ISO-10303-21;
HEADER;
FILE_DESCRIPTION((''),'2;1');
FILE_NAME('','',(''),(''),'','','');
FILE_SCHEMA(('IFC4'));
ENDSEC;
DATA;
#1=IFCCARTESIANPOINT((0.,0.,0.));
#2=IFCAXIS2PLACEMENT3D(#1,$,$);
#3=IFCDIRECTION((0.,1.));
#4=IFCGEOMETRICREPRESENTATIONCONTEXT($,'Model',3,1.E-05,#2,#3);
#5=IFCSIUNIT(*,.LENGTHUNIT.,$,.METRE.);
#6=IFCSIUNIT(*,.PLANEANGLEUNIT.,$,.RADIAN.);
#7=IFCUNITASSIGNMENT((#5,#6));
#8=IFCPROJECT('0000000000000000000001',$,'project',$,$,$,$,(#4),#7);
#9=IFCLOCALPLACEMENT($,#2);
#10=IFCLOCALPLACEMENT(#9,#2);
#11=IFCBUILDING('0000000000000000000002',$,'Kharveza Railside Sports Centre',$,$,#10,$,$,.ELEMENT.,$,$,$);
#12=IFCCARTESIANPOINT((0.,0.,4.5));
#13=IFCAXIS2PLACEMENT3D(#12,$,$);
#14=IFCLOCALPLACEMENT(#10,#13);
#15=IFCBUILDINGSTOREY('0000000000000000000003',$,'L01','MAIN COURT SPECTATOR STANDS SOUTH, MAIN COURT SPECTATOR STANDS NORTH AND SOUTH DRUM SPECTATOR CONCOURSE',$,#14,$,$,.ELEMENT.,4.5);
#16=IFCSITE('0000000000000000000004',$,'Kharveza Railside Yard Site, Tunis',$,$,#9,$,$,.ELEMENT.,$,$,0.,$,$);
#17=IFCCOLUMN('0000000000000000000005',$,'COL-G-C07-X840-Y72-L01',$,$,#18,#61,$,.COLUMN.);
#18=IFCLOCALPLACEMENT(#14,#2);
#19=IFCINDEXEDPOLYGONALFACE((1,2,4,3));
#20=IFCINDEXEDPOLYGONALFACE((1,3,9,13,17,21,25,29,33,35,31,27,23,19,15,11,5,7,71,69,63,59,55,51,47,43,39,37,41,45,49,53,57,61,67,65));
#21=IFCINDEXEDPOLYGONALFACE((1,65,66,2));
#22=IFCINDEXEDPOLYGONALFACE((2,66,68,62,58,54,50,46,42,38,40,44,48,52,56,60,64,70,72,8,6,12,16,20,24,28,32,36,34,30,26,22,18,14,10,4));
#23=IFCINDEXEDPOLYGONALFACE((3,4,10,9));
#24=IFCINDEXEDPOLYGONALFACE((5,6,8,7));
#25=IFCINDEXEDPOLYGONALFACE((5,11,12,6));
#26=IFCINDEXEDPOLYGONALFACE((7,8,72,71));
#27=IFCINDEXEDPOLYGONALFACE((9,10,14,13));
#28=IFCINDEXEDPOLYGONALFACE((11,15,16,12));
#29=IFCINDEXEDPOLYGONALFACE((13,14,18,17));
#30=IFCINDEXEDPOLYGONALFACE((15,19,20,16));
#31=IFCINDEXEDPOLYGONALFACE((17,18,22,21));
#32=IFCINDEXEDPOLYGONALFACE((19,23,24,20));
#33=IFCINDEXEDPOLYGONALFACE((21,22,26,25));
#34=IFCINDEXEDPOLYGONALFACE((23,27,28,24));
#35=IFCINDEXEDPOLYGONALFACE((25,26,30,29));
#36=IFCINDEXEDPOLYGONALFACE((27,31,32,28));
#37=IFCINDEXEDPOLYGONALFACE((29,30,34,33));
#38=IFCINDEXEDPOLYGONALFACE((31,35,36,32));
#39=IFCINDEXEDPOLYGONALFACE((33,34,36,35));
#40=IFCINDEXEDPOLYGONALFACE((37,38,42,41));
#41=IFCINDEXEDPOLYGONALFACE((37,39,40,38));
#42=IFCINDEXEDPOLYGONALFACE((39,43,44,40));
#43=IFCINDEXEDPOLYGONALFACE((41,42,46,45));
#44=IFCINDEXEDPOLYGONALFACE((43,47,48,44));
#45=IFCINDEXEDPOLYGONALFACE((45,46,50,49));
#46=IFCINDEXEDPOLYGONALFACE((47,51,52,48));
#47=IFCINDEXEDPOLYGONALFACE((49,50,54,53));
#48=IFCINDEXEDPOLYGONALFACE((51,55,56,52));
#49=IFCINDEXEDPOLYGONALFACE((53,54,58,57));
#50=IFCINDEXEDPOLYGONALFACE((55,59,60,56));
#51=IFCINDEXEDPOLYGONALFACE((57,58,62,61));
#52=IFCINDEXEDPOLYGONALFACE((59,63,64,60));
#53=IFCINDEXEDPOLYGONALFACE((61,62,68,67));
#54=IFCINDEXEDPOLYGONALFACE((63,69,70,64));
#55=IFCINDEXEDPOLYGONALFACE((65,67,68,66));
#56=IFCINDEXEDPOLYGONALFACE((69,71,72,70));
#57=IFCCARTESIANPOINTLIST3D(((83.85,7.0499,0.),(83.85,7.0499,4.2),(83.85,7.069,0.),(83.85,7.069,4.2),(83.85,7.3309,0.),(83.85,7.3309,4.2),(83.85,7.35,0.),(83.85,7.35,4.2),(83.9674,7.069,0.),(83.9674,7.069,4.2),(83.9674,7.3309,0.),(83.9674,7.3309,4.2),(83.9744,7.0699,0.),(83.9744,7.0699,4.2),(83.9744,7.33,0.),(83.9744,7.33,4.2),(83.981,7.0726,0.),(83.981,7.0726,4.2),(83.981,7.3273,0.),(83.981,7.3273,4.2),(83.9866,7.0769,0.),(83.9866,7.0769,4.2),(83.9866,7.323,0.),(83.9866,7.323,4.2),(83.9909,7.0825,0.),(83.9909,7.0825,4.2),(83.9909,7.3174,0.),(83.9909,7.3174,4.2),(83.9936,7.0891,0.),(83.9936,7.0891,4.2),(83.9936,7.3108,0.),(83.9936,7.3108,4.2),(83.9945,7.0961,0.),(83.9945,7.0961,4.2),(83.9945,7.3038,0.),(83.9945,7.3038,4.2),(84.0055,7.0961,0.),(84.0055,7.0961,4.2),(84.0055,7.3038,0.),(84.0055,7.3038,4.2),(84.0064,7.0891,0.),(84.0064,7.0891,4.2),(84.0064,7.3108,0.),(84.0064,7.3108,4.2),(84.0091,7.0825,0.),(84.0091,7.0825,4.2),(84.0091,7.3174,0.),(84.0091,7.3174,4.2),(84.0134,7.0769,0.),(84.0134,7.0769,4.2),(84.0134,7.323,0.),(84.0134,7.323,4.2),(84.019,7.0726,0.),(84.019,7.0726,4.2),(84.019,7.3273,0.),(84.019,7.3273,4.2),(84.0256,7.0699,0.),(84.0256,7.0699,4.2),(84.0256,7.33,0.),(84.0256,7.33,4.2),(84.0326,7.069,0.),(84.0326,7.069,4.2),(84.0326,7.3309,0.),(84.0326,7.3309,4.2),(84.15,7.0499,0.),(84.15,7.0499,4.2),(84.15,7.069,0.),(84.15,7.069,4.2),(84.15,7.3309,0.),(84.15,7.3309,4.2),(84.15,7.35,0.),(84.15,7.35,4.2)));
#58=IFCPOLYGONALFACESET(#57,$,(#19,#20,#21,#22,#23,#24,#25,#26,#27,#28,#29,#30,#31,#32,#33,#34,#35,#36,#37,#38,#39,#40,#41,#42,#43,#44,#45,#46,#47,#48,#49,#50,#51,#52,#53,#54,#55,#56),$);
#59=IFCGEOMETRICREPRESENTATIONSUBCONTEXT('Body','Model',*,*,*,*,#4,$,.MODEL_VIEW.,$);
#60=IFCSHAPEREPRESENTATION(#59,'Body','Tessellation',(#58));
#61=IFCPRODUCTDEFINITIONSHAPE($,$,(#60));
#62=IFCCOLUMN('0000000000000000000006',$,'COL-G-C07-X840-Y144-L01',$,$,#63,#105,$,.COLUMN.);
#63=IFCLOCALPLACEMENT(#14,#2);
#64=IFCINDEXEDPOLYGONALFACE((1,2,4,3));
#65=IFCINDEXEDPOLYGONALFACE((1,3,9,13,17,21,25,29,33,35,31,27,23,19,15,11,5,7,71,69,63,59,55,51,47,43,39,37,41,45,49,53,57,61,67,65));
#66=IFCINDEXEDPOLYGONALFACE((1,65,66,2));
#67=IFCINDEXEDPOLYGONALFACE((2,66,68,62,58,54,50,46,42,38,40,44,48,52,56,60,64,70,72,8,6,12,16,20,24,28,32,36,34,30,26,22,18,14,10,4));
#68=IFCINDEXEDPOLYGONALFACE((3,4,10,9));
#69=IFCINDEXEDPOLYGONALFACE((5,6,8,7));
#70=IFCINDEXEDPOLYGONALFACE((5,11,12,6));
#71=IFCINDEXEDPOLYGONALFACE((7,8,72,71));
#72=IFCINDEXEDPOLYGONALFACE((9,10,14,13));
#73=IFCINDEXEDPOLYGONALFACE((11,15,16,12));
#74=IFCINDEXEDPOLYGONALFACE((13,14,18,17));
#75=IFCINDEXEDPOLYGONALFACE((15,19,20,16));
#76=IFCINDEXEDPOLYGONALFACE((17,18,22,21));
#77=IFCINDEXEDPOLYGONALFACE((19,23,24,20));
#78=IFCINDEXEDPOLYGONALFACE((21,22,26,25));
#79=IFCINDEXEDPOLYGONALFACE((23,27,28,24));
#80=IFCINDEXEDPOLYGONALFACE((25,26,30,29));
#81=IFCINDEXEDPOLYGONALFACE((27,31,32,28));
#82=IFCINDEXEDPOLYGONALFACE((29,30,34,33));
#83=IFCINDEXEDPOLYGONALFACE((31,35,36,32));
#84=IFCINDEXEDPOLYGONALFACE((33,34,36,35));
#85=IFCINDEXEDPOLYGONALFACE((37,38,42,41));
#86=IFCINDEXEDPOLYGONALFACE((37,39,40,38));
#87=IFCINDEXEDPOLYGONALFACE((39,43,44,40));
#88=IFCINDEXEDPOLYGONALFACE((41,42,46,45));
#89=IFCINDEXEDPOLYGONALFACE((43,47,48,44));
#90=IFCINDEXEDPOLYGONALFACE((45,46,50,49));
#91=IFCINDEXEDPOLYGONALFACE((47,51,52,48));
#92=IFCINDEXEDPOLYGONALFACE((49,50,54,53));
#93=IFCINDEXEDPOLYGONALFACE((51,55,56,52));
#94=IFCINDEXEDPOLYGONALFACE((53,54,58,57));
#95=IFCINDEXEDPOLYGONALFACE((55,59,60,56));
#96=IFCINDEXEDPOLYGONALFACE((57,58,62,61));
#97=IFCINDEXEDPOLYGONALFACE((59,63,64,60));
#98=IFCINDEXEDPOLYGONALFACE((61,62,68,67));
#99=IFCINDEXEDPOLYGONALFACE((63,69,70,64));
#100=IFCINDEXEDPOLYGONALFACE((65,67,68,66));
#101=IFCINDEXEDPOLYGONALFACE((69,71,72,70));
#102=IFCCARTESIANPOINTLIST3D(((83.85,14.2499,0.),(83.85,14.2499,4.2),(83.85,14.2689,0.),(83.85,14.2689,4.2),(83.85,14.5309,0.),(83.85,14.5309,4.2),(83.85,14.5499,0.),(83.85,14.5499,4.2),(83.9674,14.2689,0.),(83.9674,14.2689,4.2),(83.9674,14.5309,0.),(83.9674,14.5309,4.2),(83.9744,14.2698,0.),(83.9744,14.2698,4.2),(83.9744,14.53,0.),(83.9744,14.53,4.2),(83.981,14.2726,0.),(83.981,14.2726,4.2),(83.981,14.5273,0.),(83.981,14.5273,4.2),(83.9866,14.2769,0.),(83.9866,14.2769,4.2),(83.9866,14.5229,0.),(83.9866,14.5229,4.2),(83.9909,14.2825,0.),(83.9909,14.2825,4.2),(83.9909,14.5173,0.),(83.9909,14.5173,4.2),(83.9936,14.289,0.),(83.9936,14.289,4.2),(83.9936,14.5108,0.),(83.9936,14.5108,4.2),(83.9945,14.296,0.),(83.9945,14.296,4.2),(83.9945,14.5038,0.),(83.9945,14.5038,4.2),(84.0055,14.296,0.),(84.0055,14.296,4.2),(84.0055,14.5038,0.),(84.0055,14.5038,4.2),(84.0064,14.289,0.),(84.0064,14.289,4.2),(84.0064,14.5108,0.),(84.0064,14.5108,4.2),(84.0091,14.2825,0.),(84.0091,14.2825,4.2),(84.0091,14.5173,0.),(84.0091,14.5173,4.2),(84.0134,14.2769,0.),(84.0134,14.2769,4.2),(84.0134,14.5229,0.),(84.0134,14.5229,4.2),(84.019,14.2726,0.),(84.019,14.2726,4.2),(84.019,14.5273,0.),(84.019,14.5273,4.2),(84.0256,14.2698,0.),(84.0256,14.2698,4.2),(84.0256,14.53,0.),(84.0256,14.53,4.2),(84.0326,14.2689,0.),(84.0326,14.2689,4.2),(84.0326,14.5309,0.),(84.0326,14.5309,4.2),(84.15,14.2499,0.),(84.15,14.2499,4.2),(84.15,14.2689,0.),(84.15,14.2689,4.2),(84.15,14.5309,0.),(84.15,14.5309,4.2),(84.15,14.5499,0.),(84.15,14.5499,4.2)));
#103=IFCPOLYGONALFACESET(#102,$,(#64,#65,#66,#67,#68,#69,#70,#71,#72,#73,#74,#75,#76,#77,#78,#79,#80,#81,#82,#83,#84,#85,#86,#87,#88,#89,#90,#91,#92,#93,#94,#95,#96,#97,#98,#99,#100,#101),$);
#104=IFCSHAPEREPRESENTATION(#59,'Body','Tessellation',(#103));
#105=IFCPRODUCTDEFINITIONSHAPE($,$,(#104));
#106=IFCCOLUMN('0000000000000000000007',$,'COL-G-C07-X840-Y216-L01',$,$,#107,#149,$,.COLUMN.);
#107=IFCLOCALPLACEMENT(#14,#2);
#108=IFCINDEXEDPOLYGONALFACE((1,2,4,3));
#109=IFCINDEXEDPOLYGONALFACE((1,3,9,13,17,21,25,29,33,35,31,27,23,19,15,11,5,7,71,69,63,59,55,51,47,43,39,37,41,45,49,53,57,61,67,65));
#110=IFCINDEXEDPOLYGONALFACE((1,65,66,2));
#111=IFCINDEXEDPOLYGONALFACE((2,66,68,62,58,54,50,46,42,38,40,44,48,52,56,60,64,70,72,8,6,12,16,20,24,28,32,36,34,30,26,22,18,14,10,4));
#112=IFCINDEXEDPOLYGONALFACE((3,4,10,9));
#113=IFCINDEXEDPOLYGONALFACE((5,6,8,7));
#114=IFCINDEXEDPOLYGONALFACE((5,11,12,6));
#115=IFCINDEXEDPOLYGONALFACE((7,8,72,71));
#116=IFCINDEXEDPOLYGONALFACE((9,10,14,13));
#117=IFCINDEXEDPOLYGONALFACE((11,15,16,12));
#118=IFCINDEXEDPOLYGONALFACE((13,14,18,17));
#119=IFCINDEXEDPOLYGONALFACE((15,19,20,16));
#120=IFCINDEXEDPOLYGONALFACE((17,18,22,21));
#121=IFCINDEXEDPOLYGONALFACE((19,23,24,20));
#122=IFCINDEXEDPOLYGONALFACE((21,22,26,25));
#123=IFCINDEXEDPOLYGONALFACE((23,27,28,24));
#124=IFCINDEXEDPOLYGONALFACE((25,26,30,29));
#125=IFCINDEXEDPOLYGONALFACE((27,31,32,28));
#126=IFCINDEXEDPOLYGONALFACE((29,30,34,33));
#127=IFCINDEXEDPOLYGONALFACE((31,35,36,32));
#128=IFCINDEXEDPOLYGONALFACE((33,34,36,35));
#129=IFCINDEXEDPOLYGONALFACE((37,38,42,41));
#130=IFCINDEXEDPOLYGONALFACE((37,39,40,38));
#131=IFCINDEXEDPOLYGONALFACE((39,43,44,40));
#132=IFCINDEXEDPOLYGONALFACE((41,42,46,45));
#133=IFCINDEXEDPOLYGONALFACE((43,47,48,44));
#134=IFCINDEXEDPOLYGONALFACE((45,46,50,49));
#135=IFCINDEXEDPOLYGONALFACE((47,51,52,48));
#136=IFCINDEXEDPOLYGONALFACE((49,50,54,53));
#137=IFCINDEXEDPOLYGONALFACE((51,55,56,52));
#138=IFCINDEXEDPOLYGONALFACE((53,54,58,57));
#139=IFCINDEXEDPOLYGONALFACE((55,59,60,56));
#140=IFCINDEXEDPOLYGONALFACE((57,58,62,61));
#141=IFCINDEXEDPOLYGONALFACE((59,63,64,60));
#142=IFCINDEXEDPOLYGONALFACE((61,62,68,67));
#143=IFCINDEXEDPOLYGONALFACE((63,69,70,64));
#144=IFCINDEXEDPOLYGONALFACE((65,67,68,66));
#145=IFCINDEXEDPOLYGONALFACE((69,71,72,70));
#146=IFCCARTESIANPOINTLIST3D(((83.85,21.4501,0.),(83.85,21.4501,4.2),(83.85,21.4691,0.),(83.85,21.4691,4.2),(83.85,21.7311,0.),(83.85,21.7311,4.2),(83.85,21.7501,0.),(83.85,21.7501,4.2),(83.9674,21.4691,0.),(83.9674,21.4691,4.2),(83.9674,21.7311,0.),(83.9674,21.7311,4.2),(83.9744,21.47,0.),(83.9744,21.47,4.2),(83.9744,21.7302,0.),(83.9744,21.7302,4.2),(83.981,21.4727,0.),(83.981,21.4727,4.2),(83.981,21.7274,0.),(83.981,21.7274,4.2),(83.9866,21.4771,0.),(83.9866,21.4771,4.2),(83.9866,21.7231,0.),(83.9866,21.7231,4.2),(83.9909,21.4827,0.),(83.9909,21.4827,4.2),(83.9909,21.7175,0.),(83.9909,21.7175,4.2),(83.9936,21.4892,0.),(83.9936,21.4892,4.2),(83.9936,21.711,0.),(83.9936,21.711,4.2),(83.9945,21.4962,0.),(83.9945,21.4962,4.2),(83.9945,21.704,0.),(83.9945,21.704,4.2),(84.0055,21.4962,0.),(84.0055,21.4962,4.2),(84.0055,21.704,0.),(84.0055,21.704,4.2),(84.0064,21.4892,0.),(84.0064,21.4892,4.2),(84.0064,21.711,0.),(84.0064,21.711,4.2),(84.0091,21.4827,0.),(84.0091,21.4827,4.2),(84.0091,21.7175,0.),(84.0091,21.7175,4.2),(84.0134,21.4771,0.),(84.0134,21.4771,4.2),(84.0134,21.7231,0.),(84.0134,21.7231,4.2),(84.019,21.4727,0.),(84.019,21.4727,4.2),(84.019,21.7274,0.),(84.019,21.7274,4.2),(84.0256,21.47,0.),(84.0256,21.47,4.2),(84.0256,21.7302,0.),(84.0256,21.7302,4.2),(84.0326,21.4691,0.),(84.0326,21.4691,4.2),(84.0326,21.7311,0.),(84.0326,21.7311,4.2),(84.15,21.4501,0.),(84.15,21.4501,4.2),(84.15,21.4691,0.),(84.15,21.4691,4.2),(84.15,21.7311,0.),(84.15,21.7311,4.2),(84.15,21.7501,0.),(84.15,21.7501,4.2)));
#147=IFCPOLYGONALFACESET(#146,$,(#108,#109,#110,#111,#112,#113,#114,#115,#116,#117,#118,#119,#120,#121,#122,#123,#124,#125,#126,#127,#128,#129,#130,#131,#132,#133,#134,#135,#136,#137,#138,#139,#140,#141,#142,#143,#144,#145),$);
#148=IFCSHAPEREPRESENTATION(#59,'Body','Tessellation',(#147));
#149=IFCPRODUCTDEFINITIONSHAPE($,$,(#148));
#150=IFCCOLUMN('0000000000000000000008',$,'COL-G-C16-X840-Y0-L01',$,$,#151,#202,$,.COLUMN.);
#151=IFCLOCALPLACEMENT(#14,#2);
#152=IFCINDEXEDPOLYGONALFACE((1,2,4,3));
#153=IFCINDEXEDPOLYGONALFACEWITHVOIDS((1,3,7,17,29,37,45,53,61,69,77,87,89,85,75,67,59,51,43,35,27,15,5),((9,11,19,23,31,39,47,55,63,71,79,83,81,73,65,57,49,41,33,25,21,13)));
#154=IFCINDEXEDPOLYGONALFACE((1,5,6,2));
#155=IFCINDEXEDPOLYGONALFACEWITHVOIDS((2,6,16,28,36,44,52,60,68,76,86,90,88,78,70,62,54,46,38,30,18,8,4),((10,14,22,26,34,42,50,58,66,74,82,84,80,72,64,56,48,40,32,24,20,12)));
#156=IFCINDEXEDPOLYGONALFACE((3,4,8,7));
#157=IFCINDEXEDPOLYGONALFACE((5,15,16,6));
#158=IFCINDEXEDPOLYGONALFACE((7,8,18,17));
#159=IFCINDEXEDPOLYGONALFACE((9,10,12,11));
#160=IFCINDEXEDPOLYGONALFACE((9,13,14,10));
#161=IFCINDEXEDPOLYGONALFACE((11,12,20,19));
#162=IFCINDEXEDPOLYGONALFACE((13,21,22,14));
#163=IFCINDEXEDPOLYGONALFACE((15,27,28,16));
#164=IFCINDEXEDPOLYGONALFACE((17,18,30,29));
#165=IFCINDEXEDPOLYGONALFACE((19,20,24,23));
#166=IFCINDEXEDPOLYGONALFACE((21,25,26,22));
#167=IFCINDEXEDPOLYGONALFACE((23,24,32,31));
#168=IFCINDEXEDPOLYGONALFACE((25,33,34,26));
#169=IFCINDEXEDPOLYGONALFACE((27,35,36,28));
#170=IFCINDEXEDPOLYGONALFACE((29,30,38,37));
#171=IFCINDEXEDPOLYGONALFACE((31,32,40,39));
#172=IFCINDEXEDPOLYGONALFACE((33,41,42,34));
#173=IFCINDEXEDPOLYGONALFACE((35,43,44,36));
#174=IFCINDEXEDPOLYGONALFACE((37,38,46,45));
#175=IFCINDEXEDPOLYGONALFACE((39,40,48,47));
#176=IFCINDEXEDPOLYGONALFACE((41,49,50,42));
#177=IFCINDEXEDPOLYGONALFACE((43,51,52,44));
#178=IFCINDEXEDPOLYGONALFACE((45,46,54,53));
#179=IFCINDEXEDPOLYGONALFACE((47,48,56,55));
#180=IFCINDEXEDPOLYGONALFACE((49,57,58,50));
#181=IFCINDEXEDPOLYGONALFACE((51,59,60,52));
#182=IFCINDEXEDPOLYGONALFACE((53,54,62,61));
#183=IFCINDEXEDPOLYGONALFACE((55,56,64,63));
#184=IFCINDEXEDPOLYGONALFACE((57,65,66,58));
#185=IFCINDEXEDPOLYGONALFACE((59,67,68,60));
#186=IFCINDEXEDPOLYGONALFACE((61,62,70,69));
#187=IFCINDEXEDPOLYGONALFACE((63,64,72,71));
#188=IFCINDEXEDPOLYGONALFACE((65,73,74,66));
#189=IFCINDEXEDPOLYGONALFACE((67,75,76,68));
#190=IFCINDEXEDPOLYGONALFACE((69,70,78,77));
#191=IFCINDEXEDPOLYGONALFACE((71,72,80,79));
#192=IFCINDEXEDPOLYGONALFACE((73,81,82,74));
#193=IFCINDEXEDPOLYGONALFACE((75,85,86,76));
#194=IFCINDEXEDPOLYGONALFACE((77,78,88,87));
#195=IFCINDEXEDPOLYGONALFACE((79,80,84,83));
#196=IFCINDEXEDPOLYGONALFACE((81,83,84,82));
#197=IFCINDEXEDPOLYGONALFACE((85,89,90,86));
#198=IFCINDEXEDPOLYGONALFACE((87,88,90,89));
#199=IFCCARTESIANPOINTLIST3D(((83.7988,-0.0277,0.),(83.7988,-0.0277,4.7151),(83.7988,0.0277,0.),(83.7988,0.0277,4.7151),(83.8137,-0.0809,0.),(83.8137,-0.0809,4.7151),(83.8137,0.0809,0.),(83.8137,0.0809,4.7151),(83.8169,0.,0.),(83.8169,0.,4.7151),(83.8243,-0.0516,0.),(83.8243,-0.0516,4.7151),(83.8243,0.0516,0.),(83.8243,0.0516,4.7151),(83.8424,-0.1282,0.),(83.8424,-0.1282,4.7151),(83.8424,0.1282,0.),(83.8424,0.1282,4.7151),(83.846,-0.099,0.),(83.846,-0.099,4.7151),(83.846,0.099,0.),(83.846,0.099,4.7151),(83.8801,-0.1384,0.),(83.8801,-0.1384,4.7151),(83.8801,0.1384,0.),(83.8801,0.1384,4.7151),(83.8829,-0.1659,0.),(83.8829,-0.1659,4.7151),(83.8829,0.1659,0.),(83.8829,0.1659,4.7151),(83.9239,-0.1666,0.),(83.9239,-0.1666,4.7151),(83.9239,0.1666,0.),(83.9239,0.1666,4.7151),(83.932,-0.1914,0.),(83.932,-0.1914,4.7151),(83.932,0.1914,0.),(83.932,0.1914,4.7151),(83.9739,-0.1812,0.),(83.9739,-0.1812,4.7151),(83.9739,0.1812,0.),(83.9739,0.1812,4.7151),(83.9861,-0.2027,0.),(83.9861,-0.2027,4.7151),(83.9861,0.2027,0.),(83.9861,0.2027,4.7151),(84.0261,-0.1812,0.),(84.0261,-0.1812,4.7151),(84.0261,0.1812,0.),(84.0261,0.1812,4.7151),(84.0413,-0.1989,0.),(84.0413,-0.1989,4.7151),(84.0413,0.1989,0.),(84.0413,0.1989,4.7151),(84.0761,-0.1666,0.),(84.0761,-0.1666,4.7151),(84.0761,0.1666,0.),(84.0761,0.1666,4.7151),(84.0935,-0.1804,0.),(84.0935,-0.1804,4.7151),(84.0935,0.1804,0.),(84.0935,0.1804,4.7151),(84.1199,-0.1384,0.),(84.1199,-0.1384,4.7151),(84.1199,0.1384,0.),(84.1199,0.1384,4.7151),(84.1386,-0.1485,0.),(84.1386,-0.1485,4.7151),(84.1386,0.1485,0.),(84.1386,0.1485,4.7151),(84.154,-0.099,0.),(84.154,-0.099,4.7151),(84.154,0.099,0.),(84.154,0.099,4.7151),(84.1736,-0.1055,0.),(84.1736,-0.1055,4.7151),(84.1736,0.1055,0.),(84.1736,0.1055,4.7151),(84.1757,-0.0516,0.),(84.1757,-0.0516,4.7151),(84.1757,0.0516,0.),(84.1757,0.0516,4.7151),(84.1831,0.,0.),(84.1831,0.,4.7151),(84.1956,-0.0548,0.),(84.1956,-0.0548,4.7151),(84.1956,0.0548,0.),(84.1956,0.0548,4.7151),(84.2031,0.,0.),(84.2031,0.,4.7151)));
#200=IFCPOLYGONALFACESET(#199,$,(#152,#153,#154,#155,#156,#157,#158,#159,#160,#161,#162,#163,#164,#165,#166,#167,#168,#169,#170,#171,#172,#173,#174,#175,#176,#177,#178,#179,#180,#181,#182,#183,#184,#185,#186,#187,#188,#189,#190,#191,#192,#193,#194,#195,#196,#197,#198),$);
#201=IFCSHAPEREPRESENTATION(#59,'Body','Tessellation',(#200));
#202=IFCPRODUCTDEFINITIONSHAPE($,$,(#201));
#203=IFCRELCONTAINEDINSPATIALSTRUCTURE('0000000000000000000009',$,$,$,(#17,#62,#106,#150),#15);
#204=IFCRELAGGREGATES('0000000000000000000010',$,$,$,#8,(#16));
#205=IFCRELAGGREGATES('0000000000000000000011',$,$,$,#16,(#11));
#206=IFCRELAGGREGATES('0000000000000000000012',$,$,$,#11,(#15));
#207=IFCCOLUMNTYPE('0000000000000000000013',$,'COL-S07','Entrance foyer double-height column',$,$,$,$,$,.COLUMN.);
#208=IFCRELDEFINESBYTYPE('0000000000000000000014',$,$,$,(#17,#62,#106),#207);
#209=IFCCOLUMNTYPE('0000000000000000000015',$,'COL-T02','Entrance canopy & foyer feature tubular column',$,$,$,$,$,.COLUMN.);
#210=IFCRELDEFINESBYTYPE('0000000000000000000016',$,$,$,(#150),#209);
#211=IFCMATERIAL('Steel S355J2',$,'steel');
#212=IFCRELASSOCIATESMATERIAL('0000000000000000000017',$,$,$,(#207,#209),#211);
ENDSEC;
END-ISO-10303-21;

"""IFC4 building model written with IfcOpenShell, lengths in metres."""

from ifc_helpers import new_model, si_unit, direction, frame, origin, origin_2d, place, context, subcontext, project, spatial, hollow_circle, i_section, extrude, material, material_profile, profile_set, type_object, element, save


model = new_model("IFC4")

# Units and contexts
model_context = context("Model", 3, precision=1e-05, world=origin(), true_north=direction((0.0, 1.0)))
body_context = subcontext(model_context, "Body", "Model", "MODEL_VIEW")
ifc_project = project(units=[si_unit("LENGTHUNIT", "METRE"), si_unit("PLANEANGLEUNIT", "RADIAN")], contexts=[model_context])

# Site, building, storey
site_placement = place(None, origin())
site = spatial("IfcSite", under=ifc_project, at=site_placement, Name="Kharveza Railside Yard Site, Tunis", CompositionType="ELEMENT", RefElevation=0.0)
building_placement = place(site_placement, origin())
building = spatial("IfcBuilding", under=site, at=building_placement, Name="Kharveza Railside Sports Centre", CompositionType="ELEMENT")
storey_placement = place(building_placement, frame((0.0, 0.0, 4.5)))
storey = spatial("IfcBuildingStorey", under=building, at=storey_placement, Name="L01", Description="MAIN COURT SPECTATOR STANDS SOUTH, MAIN COURT SPECTATOR STANDS NORTH AND SOUTH DRUM SPECTATOR CONCOURSE", CompositionType="ELEMENT", Elevation=4.5)

# Columns
ifc_material_1 = material(Name="Steel S355J2", Category="steel")
ifc_material_profile_1 = material_profile(ifc_material_1, i_section(OverallWidth=0.3, OverallDepth=0.3, WebThickness=0.011, FlangeThickness=0.019, FilletRadius=0.0271, at=origin_2d()), Name="HEB 300")
ifc_profile_set_1 = profile_set([ifc_material_profile_1], Name="Steel S355J2")
column_type_1 = type_object("IfcColumnType", Name="COL-S07", Description="Entrance foyer double-height column", PredefinedType="COLUMN", material=ifc_profile_set_1)
for number, where, z_axis, x_axis, name in (
    (1, (84.0, 7.2, 0.0), (0.0, 0.0, 1.0), (1.0, 0.0, 0.0), "COL-G-C07-X840-Y72-L01"),
    (2, (84.0, 14.3999, 0.0), (0.0, 0.0, 1.0), (1.0, 0.0, 0.0), "COL-G-C07-X840-Y144-L01"),
    (3, (84.0, 21.6001, 0.0), (0.0, 0.0, 1.0), (1.0, 0.0, 0.0), "COL-G-C07-X840-Y216-L01"),
):
    element("IfcColumn", number, at=place(storey_placement, frame(where, z_axis=z_axis, x_axis=x_axis)), inside=storey, type_object=column_type_1, Name=name, PredefinedType="COLUMN", context=body_context, shape_type="SweptSolid", body=[
        extrude(i_section(OverallWidth=0.3, OverallDepth=0.3, WebThickness=0.011, FlangeThickness=0.019, FilletRadius=0.0271, at=origin_2d()), origin(), (0.0, 0.0, 1.0), 4.2),
    ])
ifc_material_profile_2 = material_profile(ifc_material_1, hollow_circle(Radius=0.2031, WallThickness=0.02, at=origin_2d()), Name="CHS 406.4x20.0")
ifc_profile_set_2 = profile_set([ifc_material_profile_2], Name="Steel S355J2")
column_type_2 = type_object("IfcColumnType", Name="COL-T02", Description="Entrance canopy & foyer feature tubular column", PredefinedType="COLUMN", material=ifc_profile_set_2)
column_placement = place(storey_placement, frame((84.0, 0.0, 0.0), z_axis=(0.0, 0.0, 1.0), x_axis=(1.0, 0.0, 0.0)))
element("IfcColumn", 4, at=column_placement, inside=storey, type_object=column_type_2, Name="COL-G-C16-X840-Y0-L01", PredefinedType="COLUMN", context=body_context, shape_type="SweptSolid", body=[
    extrude(hollow_circle(Radius=0.2031, WallThickness=0.02, at=origin_2d()), origin(), (0.0, 0.0, 1.0), 4.7151),
])

save(model, "model.ifc")
